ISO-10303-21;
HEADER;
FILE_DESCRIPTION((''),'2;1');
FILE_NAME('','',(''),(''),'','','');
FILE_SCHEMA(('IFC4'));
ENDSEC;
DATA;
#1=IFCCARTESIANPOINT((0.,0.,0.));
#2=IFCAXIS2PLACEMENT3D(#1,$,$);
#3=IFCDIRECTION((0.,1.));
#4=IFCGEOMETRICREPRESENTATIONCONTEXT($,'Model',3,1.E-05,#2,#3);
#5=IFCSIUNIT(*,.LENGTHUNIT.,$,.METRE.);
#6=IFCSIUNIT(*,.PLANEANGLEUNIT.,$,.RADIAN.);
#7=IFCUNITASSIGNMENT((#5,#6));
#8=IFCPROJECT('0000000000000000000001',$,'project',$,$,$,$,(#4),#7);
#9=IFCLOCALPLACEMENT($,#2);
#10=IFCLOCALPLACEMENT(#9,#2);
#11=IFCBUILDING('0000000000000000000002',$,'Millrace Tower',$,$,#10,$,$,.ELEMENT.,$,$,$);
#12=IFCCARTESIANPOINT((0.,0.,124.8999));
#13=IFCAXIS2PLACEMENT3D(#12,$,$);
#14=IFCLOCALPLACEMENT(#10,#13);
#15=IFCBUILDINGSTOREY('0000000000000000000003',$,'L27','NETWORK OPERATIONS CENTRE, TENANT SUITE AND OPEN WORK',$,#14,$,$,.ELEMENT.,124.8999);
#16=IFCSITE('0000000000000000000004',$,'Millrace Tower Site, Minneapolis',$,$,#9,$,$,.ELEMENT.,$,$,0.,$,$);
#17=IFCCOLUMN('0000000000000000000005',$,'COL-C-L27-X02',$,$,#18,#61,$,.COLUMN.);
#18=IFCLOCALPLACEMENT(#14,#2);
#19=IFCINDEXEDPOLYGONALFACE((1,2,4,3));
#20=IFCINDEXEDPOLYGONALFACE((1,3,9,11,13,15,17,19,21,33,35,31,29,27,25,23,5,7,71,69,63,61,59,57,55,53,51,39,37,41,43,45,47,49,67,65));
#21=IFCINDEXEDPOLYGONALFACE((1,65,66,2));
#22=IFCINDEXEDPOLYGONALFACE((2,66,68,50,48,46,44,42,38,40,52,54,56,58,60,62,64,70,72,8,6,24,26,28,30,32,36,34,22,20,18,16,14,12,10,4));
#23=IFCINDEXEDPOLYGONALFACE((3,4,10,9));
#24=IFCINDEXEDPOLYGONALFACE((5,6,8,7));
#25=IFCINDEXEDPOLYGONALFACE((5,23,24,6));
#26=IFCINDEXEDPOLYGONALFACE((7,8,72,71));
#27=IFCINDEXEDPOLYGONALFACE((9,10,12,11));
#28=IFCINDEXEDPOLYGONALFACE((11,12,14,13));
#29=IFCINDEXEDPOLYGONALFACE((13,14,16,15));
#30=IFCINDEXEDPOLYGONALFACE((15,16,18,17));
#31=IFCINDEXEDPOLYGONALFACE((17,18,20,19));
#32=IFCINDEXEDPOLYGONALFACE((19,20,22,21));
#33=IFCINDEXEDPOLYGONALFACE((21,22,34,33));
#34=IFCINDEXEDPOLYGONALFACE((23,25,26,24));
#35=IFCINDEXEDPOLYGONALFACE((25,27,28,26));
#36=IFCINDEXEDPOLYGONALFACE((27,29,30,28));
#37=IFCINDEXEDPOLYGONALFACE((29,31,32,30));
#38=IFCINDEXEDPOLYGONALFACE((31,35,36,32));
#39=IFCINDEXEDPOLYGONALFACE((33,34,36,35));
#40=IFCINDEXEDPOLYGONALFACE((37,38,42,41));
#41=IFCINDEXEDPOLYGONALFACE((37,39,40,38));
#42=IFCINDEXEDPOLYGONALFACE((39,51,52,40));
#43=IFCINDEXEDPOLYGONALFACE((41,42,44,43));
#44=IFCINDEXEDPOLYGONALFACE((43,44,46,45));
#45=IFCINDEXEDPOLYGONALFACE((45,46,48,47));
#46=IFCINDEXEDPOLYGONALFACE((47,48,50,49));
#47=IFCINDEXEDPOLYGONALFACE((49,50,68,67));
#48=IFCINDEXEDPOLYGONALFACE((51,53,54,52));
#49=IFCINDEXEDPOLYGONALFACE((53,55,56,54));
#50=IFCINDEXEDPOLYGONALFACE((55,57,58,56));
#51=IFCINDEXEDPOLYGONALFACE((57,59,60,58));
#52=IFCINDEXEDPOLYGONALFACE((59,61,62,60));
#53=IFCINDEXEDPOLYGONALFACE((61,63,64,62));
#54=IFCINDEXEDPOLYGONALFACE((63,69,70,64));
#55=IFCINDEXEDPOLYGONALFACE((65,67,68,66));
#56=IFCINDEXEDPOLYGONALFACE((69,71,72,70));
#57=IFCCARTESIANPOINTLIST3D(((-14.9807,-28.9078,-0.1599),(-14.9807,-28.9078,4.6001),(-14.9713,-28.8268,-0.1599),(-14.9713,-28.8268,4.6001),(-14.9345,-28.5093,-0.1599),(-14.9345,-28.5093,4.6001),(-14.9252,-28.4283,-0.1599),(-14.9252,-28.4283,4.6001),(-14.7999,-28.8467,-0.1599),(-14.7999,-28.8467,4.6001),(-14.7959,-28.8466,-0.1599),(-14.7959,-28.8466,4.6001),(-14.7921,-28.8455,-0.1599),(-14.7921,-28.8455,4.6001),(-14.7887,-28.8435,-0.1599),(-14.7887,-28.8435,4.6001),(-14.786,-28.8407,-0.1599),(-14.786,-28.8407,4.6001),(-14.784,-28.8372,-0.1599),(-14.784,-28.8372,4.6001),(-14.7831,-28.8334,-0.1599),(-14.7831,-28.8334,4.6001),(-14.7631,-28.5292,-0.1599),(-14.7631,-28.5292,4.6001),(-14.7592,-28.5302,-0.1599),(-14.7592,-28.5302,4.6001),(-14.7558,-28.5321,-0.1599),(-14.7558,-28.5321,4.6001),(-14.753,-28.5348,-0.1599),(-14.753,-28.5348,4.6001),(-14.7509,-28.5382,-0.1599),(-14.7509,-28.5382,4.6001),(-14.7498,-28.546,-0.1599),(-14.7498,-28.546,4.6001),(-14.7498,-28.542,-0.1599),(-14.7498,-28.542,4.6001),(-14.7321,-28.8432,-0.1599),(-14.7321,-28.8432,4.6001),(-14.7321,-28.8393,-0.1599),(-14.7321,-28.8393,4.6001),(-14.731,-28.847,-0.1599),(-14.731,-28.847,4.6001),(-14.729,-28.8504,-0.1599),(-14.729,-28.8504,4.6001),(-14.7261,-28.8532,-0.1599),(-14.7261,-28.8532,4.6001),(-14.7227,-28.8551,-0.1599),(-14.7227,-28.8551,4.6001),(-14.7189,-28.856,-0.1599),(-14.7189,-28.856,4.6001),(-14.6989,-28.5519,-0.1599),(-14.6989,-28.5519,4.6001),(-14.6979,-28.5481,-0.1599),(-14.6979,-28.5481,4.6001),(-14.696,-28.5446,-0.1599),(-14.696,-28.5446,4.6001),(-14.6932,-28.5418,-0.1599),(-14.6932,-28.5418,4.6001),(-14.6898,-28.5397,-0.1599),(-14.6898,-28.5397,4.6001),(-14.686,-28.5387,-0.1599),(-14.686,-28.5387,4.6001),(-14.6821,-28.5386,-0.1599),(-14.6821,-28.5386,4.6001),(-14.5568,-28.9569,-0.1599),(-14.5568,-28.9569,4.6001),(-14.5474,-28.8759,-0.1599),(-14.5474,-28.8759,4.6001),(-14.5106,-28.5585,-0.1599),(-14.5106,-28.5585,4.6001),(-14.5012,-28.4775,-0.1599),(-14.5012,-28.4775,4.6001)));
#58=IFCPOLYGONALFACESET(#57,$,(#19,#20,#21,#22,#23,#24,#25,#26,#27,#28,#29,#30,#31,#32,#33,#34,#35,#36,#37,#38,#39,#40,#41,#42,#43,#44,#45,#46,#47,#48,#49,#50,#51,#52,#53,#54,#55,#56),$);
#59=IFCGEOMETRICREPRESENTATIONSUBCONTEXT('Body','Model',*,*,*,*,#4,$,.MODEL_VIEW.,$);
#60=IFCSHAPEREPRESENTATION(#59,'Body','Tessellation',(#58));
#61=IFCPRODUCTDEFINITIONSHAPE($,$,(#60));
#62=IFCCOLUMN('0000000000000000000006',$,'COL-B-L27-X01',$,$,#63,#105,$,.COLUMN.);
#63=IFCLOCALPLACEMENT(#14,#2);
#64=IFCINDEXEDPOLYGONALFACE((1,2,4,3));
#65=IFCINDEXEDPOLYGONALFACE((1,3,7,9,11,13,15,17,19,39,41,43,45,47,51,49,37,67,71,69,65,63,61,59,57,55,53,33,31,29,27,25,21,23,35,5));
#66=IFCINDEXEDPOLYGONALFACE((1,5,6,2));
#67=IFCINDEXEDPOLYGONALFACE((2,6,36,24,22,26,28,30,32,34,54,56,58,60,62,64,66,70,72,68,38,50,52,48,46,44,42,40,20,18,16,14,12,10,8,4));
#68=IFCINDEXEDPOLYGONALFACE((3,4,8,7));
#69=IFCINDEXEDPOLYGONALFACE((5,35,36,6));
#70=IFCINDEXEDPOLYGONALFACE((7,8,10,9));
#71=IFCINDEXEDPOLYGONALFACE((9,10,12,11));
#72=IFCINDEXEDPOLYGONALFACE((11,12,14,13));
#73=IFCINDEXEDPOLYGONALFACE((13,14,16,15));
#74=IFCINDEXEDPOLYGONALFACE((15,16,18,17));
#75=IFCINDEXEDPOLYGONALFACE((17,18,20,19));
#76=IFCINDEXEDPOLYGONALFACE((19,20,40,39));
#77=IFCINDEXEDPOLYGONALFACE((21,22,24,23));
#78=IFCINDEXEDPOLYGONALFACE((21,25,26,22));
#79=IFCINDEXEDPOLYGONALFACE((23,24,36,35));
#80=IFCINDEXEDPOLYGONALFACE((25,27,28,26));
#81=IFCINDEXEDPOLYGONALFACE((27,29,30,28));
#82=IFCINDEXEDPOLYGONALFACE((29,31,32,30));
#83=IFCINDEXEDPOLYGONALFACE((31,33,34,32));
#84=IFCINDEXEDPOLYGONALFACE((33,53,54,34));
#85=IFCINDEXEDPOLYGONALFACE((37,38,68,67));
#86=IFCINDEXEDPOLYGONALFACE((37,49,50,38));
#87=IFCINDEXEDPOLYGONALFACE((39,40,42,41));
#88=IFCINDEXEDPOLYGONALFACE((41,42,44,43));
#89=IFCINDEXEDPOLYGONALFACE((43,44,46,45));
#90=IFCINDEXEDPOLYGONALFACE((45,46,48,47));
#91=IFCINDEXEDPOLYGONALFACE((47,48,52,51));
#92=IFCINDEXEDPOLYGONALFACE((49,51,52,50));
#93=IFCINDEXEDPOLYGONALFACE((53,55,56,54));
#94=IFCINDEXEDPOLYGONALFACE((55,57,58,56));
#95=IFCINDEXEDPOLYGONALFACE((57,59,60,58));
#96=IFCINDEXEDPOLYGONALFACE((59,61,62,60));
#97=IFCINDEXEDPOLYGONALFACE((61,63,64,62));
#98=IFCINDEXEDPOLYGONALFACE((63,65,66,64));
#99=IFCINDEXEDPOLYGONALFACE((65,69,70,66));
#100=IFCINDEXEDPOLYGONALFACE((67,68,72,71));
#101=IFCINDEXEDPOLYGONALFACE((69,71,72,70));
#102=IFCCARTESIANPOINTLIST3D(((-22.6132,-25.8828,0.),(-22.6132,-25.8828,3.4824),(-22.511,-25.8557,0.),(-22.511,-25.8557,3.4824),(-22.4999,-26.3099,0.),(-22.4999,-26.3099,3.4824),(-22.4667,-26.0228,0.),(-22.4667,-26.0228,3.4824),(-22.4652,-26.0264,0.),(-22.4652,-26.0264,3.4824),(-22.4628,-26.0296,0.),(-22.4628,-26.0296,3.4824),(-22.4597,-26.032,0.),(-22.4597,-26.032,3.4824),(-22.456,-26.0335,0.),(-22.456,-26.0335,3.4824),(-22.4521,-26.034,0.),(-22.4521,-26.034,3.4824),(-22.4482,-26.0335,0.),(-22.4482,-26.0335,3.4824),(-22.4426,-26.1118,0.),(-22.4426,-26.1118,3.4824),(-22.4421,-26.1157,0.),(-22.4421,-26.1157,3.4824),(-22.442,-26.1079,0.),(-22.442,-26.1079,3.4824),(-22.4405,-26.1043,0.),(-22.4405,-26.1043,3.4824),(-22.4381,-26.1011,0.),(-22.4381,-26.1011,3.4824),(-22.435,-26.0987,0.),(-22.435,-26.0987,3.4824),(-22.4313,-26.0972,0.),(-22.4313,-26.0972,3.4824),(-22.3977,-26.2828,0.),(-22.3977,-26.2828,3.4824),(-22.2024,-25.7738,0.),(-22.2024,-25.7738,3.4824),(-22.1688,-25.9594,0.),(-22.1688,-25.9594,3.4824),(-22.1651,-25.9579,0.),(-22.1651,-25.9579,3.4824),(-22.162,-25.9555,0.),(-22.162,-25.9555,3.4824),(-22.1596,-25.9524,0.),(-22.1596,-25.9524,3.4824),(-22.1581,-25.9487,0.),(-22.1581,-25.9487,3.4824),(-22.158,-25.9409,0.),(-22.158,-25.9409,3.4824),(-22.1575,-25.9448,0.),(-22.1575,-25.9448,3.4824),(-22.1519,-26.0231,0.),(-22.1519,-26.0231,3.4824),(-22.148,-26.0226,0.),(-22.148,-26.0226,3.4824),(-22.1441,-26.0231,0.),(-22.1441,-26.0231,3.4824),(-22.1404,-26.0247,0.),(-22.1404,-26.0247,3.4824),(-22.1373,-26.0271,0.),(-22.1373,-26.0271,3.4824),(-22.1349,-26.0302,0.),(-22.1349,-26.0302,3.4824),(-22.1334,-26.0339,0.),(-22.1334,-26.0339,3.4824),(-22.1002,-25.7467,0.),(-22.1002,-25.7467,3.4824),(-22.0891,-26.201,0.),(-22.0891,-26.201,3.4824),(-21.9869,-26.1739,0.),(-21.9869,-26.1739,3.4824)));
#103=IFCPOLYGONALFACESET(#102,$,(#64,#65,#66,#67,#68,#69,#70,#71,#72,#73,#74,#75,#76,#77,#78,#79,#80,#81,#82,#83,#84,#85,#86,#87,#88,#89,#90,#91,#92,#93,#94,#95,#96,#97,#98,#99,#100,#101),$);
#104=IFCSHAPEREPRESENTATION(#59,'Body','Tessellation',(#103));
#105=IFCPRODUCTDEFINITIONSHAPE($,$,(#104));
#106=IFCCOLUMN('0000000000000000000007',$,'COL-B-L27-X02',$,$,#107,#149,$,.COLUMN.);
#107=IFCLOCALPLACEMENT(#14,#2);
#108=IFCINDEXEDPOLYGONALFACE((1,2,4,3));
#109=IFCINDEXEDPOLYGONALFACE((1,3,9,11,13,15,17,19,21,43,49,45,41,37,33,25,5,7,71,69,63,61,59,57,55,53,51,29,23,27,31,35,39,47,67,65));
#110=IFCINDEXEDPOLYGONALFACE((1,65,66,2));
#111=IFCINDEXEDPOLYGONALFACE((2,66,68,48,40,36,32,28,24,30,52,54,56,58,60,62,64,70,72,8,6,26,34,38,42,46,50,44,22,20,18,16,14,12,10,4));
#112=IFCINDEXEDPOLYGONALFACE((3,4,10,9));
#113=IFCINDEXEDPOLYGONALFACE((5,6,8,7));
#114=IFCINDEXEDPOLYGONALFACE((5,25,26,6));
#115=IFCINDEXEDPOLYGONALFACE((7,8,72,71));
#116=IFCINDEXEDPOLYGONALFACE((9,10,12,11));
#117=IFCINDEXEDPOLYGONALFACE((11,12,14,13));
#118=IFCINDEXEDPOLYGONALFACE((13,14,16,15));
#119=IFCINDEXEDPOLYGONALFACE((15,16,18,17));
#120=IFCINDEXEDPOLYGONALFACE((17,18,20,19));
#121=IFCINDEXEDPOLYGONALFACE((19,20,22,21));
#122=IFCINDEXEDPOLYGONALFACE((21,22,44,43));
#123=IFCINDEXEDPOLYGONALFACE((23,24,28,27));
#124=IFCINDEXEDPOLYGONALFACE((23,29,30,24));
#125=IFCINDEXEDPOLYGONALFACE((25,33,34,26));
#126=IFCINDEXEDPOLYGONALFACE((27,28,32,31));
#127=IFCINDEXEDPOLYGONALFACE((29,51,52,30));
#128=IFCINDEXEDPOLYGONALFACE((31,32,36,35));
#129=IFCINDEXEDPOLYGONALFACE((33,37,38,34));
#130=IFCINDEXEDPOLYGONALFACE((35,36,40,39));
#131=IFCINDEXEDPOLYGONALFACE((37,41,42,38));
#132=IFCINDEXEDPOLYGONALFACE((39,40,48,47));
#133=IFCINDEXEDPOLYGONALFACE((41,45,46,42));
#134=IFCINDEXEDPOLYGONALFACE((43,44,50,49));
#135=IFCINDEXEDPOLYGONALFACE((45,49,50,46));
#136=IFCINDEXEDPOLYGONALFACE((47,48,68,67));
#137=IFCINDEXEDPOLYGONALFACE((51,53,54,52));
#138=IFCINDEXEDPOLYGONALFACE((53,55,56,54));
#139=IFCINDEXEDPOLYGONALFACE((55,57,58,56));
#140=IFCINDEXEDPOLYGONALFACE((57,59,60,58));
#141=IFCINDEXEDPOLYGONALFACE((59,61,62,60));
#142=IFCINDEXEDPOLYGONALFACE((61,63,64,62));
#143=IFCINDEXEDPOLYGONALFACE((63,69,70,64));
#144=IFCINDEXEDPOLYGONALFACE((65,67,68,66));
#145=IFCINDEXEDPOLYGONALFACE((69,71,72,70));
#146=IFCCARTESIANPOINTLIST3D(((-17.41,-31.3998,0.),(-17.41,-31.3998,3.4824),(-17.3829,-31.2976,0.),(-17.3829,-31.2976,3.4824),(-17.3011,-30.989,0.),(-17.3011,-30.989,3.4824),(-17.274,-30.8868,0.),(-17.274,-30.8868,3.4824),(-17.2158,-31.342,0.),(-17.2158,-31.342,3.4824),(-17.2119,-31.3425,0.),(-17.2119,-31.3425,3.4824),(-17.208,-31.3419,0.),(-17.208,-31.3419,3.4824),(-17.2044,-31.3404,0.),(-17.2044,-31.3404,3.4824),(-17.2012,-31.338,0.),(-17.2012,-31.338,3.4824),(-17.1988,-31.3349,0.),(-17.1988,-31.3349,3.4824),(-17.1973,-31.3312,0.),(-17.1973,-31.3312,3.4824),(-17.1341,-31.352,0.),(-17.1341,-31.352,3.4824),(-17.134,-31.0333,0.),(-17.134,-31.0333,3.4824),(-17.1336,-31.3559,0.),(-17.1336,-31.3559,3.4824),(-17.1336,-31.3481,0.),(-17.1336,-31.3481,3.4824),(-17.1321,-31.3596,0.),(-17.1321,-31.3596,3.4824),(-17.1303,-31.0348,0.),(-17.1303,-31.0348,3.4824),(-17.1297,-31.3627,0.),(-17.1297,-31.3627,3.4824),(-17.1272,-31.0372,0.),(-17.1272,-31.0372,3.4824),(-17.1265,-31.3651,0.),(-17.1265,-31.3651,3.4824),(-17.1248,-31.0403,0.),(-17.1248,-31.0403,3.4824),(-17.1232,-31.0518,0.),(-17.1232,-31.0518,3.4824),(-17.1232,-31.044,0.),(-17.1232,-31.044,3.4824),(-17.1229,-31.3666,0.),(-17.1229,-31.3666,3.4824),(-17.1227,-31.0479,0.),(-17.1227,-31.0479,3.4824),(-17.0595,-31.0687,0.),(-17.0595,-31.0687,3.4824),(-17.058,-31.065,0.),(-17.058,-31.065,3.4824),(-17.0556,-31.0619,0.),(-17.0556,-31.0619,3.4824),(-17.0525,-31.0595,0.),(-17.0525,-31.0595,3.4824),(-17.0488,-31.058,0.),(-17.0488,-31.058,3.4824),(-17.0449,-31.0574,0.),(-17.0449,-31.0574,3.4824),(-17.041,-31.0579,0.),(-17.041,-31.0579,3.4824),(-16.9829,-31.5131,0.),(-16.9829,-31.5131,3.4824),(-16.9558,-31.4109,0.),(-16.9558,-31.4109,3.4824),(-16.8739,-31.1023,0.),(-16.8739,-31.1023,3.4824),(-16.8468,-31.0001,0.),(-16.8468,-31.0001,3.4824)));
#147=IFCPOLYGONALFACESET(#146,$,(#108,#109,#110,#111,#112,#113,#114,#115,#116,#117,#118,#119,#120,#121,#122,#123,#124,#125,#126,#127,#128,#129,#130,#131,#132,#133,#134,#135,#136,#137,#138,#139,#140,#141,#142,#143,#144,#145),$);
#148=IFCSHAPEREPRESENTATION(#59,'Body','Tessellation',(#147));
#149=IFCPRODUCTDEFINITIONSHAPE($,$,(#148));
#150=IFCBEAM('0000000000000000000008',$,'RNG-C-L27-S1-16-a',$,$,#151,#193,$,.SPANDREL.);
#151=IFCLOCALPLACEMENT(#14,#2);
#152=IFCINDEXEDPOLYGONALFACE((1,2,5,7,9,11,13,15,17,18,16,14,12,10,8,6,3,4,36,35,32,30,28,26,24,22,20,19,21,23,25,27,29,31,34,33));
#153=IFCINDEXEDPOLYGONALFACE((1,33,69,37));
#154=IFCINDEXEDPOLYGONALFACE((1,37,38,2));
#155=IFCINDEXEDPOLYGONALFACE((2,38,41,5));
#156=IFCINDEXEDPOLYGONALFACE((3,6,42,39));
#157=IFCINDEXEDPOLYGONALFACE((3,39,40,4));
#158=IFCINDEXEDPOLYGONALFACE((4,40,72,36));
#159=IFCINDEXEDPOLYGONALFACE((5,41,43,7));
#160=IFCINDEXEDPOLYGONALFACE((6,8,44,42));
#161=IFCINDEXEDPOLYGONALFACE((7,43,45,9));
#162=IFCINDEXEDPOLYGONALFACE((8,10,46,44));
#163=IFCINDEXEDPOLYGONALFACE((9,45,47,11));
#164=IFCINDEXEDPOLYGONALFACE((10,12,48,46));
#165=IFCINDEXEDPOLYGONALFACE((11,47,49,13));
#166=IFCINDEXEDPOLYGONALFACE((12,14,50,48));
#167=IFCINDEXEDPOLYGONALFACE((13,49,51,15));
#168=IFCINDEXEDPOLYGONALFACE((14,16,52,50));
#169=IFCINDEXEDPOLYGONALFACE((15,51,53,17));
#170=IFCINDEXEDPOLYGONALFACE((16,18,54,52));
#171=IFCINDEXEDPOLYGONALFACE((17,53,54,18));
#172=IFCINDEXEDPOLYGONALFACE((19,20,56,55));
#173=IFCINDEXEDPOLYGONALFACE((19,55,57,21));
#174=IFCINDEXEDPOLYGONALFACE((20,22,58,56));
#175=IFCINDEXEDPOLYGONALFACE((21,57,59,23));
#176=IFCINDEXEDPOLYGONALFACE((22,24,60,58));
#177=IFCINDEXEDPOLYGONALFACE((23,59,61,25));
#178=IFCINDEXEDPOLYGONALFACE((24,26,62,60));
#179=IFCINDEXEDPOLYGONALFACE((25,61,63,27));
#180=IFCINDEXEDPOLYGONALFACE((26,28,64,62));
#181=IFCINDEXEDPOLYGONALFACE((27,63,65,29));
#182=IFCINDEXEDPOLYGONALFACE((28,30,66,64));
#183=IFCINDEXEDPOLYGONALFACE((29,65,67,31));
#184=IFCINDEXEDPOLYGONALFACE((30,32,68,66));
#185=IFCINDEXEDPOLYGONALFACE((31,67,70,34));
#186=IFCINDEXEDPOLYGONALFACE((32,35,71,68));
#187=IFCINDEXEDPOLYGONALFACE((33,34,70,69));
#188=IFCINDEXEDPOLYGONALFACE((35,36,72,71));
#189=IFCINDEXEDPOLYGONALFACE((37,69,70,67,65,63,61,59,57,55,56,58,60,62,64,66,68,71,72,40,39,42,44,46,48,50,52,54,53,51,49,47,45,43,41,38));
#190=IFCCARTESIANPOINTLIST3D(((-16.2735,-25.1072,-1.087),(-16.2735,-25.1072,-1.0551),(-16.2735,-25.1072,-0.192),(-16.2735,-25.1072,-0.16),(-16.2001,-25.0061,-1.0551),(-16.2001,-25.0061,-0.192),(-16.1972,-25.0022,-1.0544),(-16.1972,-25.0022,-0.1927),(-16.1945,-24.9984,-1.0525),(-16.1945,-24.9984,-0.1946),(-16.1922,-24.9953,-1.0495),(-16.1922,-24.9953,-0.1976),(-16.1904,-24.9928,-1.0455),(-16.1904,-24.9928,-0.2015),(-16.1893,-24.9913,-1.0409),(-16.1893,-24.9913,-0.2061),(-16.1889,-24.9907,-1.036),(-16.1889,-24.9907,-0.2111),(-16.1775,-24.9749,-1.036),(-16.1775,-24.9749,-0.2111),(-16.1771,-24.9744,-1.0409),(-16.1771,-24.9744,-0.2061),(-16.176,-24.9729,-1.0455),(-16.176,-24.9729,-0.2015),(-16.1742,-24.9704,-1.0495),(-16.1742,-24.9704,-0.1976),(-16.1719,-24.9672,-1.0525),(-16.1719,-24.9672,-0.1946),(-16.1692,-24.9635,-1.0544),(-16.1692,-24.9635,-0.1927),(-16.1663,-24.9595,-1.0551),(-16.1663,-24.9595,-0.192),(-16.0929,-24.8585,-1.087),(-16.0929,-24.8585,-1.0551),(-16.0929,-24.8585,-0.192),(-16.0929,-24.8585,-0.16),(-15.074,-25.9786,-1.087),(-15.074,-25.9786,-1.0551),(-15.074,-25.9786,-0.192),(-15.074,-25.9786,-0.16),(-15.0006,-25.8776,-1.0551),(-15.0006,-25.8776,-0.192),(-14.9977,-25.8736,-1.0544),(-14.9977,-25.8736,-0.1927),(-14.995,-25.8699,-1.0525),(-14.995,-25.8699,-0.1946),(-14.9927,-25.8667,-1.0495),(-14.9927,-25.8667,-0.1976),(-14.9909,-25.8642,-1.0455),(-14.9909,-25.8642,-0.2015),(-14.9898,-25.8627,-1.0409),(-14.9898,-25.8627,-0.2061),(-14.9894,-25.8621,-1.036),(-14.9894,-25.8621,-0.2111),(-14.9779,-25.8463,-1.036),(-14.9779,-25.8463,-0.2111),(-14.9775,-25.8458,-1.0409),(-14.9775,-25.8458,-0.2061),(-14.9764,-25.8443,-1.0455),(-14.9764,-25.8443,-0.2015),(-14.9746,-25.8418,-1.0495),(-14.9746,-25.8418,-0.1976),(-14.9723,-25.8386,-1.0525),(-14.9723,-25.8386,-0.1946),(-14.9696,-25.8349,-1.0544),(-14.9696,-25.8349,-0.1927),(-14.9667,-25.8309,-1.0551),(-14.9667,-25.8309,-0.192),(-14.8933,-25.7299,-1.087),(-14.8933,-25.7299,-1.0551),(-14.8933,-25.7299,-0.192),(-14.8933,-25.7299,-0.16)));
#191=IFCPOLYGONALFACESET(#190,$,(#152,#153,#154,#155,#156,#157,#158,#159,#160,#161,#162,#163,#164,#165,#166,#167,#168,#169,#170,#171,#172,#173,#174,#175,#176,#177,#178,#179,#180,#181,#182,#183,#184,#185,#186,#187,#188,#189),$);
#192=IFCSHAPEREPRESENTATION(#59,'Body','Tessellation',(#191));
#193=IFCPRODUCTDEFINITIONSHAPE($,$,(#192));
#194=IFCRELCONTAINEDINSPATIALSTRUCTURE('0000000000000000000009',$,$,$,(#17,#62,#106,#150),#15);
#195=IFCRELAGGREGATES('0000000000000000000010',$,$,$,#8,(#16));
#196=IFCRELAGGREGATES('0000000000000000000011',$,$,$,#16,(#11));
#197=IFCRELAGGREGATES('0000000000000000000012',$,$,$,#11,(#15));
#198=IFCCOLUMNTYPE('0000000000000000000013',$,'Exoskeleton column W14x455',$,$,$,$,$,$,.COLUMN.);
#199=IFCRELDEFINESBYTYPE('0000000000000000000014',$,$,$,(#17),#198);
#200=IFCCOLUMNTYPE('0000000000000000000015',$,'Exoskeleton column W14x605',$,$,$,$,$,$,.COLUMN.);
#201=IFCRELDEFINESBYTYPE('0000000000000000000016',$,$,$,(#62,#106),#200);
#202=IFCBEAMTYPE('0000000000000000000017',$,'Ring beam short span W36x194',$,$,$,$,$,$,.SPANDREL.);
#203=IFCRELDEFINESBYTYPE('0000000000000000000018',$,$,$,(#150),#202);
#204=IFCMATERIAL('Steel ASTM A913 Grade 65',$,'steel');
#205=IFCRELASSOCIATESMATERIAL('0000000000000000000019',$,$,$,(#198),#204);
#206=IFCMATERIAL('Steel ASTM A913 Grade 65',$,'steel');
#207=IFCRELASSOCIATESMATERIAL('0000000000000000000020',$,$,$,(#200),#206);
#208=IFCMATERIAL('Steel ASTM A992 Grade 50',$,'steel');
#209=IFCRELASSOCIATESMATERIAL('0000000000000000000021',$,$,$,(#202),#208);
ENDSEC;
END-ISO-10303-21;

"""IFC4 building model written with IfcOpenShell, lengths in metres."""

from ifc_helpers import new_model, si_unit, direction, frame, origin, origin_2d, place, context, subcontext, project, spatial, i_section, extrude, material, material_profile, profile_set, type_object, element, save


model = new_model("IFC4")

# Units and contexts
model_context = context("Model", 3, precision=1e-05, world=origin(), true_north=direction((0.0, 1.0)))
body_context = subcontext(model_context, "Body", "Model", "MODEL_VIEW")
ifc_project = project(units=[si_unit("LENGTHUNIT", "METRE"), si_unit("PLANEANGLEUNIT", "RADIAN")], contexts=[model_context])

# Site, building, storey
site_placement = place(None, origin())
site = spatial("IfcSite", under=ifc_project, at=site_placement, Name="Millrace Tower Site, Minneapolis", CompositionType="ELEMENT", RefElevation=0.0)
building_placement = place(site_placement, origin())
building = spatial("IfcBuilding", under=site, at=building_placement, Name="Millrace Tower", CompositionType="ELEMENT")
storey_placement = place(building_placement, frame((0.0, 0.0, 124.8999)))
storey = spatial("IfcBuildingStorey", under=building, at=storey_placement, Name="L27", Description="NETWORK OPERATIONS CENTRE, TENANT SUITE AND OPEN WORK", CompositionType="ELEMENT", Elevation=124.8999)

# Columns
ifc_material_1 = material(Name="Steel ASTM A913 Grade 65", Category="steel")
ifc_material_profile_1 = material_profile(ifc_material_1, i_section(OverallWidth=0.4268, OverallDepth=0.4827, WebThickness=0.0513, FlangeThickness=0.0815, FilletRadius=0.0151, at=origin_2d()))
ifc_profile_set_1 = profile_set([ifc_material_profile_1], Name="Steel ASTM A913 Grade 65")
column_type_1 = type_object("IfcColumnType", Name="Exoskeleton column W14x455", PredefinedType="COLUMN", material=ifc_profile_set_1)
column_placement = place(storey_placement, frame((-14.741, -28.6926, -0.1599), z_axis=(0.0, 0.0, 1.0), x_axis=(0.993358, -0.115069, 0.0)))
element("IfcColumn", 1, at=column_placement, inside=storey, type_object=column_type_1, Name="COL-C-L27-X02", PredefinedType="COLUMN", context=body_context, shape_type="SweptSolid", body=[
    extrude(i_section(OverallWidth=0.4268, OverallDepth=0.4827, WebThickness=0.0513, FlangeThickness=0.0815, FilletRadius=0.0151, at=origin_2d()), origin(), (0.0, 0.0, 1.0), 4.76),
])
ifc_material_2 = material(Name="Steel ASTM A913 Grade 65", Category="steel")
ifc_material_profile_2 = material_profile(ifc_material_2, i_section(OverallWidth=0.4419, OverallDepth=0.5308, WebThickness=0.0659, FlangeThickness=0.1057, FilletRadius=0.0151, at=origin_2d()))
ifc_profile_set_2 = profile_set([ifc_material_profile_2], Name="Steel ASTM A913 Grade 65")
column_type_2 = type_object("IfcColumnType", Name="Exoskeleton column W14x605", PredefinedType="COLUMN", material=ifc_profile_set_2)
for number, where, z_axis, x_axis, name in (
    (2, (-22.3, -26.0283, 0.0), (0.0, 0.0, 1.0), (0.256347, -0.966585, 0.0), "COL-B-L27-X01"),
    (3, (-17.1284, -31.2, 0.0), (0.0, 0.0, 1.0), (0.966585, -0.256347, 0.0), "COL-B-L27-X02"),
):
    element("IfcColumn", number, at=place(storey_placement, frame(where, z_axis=z_axis, x_axis=x_axis)), inside=storey, type_object=column_type_2, Name=name, PredefinedType="COLUMN", context=body_context, shape_type="SweptSolid", body=[
        extrude(i_section(OverallWidth=0.4419, OverallDepth=0.5308, WebThickness=0.0659, FlangeThickness=0.1057, FilletRadius=0.0151, at=origin_2d()), origin(), (0.0, 0.0, 1.0), 3.4824),
    ])

# Beam
ifc_material_3 = material(Name="Steel ASTM A992 Grade 50", Category="steel")
ifc_material_profile_3 = material_profile(ifc_material_3, i_section(OverallWidth=0.3074, OverallDepth=0.927, WebThickness=0.0195, FlangeThickness=0.032, FilletRadius=0.019, at=origin_2d()))
ifc_profile_set_3 = profile_set([ifc_material_profile_3], Name="Steel ASTM A992 Grade 50")
beam_type_1 = type_object("IfcBeamType", Name="Ring beam short span W36x194", PredefinedType="SPANDREL", material=ifc_profile_set_3)
beam_placement = place(storey_placement, frame((-14.9836, -25.8542, -0.6235), z_axis=(-0.809056, 0.587731, 0.0), x_axis=(-0.587731, -0.809056, 0.0)))
element("IfcBeam", 4, at=beam_placement, inside=storey, type_object=beam_type_1, Name="RNG-C-L27-S1-16-a", PredefinedType="SPANDREL", context=body_context, shape_type="SweptSolid", body=[
    extrude(i_section(OverallWidth=0.3074, OverallDepth=0.927, WebThickness=0.0195, FlangeThickness=0.032, FilletRadius=0.019, at=origin_2d()), origin(), (0.0, 0.0, 1.0), 1.4827),
])

save(model, "model.ifc")
